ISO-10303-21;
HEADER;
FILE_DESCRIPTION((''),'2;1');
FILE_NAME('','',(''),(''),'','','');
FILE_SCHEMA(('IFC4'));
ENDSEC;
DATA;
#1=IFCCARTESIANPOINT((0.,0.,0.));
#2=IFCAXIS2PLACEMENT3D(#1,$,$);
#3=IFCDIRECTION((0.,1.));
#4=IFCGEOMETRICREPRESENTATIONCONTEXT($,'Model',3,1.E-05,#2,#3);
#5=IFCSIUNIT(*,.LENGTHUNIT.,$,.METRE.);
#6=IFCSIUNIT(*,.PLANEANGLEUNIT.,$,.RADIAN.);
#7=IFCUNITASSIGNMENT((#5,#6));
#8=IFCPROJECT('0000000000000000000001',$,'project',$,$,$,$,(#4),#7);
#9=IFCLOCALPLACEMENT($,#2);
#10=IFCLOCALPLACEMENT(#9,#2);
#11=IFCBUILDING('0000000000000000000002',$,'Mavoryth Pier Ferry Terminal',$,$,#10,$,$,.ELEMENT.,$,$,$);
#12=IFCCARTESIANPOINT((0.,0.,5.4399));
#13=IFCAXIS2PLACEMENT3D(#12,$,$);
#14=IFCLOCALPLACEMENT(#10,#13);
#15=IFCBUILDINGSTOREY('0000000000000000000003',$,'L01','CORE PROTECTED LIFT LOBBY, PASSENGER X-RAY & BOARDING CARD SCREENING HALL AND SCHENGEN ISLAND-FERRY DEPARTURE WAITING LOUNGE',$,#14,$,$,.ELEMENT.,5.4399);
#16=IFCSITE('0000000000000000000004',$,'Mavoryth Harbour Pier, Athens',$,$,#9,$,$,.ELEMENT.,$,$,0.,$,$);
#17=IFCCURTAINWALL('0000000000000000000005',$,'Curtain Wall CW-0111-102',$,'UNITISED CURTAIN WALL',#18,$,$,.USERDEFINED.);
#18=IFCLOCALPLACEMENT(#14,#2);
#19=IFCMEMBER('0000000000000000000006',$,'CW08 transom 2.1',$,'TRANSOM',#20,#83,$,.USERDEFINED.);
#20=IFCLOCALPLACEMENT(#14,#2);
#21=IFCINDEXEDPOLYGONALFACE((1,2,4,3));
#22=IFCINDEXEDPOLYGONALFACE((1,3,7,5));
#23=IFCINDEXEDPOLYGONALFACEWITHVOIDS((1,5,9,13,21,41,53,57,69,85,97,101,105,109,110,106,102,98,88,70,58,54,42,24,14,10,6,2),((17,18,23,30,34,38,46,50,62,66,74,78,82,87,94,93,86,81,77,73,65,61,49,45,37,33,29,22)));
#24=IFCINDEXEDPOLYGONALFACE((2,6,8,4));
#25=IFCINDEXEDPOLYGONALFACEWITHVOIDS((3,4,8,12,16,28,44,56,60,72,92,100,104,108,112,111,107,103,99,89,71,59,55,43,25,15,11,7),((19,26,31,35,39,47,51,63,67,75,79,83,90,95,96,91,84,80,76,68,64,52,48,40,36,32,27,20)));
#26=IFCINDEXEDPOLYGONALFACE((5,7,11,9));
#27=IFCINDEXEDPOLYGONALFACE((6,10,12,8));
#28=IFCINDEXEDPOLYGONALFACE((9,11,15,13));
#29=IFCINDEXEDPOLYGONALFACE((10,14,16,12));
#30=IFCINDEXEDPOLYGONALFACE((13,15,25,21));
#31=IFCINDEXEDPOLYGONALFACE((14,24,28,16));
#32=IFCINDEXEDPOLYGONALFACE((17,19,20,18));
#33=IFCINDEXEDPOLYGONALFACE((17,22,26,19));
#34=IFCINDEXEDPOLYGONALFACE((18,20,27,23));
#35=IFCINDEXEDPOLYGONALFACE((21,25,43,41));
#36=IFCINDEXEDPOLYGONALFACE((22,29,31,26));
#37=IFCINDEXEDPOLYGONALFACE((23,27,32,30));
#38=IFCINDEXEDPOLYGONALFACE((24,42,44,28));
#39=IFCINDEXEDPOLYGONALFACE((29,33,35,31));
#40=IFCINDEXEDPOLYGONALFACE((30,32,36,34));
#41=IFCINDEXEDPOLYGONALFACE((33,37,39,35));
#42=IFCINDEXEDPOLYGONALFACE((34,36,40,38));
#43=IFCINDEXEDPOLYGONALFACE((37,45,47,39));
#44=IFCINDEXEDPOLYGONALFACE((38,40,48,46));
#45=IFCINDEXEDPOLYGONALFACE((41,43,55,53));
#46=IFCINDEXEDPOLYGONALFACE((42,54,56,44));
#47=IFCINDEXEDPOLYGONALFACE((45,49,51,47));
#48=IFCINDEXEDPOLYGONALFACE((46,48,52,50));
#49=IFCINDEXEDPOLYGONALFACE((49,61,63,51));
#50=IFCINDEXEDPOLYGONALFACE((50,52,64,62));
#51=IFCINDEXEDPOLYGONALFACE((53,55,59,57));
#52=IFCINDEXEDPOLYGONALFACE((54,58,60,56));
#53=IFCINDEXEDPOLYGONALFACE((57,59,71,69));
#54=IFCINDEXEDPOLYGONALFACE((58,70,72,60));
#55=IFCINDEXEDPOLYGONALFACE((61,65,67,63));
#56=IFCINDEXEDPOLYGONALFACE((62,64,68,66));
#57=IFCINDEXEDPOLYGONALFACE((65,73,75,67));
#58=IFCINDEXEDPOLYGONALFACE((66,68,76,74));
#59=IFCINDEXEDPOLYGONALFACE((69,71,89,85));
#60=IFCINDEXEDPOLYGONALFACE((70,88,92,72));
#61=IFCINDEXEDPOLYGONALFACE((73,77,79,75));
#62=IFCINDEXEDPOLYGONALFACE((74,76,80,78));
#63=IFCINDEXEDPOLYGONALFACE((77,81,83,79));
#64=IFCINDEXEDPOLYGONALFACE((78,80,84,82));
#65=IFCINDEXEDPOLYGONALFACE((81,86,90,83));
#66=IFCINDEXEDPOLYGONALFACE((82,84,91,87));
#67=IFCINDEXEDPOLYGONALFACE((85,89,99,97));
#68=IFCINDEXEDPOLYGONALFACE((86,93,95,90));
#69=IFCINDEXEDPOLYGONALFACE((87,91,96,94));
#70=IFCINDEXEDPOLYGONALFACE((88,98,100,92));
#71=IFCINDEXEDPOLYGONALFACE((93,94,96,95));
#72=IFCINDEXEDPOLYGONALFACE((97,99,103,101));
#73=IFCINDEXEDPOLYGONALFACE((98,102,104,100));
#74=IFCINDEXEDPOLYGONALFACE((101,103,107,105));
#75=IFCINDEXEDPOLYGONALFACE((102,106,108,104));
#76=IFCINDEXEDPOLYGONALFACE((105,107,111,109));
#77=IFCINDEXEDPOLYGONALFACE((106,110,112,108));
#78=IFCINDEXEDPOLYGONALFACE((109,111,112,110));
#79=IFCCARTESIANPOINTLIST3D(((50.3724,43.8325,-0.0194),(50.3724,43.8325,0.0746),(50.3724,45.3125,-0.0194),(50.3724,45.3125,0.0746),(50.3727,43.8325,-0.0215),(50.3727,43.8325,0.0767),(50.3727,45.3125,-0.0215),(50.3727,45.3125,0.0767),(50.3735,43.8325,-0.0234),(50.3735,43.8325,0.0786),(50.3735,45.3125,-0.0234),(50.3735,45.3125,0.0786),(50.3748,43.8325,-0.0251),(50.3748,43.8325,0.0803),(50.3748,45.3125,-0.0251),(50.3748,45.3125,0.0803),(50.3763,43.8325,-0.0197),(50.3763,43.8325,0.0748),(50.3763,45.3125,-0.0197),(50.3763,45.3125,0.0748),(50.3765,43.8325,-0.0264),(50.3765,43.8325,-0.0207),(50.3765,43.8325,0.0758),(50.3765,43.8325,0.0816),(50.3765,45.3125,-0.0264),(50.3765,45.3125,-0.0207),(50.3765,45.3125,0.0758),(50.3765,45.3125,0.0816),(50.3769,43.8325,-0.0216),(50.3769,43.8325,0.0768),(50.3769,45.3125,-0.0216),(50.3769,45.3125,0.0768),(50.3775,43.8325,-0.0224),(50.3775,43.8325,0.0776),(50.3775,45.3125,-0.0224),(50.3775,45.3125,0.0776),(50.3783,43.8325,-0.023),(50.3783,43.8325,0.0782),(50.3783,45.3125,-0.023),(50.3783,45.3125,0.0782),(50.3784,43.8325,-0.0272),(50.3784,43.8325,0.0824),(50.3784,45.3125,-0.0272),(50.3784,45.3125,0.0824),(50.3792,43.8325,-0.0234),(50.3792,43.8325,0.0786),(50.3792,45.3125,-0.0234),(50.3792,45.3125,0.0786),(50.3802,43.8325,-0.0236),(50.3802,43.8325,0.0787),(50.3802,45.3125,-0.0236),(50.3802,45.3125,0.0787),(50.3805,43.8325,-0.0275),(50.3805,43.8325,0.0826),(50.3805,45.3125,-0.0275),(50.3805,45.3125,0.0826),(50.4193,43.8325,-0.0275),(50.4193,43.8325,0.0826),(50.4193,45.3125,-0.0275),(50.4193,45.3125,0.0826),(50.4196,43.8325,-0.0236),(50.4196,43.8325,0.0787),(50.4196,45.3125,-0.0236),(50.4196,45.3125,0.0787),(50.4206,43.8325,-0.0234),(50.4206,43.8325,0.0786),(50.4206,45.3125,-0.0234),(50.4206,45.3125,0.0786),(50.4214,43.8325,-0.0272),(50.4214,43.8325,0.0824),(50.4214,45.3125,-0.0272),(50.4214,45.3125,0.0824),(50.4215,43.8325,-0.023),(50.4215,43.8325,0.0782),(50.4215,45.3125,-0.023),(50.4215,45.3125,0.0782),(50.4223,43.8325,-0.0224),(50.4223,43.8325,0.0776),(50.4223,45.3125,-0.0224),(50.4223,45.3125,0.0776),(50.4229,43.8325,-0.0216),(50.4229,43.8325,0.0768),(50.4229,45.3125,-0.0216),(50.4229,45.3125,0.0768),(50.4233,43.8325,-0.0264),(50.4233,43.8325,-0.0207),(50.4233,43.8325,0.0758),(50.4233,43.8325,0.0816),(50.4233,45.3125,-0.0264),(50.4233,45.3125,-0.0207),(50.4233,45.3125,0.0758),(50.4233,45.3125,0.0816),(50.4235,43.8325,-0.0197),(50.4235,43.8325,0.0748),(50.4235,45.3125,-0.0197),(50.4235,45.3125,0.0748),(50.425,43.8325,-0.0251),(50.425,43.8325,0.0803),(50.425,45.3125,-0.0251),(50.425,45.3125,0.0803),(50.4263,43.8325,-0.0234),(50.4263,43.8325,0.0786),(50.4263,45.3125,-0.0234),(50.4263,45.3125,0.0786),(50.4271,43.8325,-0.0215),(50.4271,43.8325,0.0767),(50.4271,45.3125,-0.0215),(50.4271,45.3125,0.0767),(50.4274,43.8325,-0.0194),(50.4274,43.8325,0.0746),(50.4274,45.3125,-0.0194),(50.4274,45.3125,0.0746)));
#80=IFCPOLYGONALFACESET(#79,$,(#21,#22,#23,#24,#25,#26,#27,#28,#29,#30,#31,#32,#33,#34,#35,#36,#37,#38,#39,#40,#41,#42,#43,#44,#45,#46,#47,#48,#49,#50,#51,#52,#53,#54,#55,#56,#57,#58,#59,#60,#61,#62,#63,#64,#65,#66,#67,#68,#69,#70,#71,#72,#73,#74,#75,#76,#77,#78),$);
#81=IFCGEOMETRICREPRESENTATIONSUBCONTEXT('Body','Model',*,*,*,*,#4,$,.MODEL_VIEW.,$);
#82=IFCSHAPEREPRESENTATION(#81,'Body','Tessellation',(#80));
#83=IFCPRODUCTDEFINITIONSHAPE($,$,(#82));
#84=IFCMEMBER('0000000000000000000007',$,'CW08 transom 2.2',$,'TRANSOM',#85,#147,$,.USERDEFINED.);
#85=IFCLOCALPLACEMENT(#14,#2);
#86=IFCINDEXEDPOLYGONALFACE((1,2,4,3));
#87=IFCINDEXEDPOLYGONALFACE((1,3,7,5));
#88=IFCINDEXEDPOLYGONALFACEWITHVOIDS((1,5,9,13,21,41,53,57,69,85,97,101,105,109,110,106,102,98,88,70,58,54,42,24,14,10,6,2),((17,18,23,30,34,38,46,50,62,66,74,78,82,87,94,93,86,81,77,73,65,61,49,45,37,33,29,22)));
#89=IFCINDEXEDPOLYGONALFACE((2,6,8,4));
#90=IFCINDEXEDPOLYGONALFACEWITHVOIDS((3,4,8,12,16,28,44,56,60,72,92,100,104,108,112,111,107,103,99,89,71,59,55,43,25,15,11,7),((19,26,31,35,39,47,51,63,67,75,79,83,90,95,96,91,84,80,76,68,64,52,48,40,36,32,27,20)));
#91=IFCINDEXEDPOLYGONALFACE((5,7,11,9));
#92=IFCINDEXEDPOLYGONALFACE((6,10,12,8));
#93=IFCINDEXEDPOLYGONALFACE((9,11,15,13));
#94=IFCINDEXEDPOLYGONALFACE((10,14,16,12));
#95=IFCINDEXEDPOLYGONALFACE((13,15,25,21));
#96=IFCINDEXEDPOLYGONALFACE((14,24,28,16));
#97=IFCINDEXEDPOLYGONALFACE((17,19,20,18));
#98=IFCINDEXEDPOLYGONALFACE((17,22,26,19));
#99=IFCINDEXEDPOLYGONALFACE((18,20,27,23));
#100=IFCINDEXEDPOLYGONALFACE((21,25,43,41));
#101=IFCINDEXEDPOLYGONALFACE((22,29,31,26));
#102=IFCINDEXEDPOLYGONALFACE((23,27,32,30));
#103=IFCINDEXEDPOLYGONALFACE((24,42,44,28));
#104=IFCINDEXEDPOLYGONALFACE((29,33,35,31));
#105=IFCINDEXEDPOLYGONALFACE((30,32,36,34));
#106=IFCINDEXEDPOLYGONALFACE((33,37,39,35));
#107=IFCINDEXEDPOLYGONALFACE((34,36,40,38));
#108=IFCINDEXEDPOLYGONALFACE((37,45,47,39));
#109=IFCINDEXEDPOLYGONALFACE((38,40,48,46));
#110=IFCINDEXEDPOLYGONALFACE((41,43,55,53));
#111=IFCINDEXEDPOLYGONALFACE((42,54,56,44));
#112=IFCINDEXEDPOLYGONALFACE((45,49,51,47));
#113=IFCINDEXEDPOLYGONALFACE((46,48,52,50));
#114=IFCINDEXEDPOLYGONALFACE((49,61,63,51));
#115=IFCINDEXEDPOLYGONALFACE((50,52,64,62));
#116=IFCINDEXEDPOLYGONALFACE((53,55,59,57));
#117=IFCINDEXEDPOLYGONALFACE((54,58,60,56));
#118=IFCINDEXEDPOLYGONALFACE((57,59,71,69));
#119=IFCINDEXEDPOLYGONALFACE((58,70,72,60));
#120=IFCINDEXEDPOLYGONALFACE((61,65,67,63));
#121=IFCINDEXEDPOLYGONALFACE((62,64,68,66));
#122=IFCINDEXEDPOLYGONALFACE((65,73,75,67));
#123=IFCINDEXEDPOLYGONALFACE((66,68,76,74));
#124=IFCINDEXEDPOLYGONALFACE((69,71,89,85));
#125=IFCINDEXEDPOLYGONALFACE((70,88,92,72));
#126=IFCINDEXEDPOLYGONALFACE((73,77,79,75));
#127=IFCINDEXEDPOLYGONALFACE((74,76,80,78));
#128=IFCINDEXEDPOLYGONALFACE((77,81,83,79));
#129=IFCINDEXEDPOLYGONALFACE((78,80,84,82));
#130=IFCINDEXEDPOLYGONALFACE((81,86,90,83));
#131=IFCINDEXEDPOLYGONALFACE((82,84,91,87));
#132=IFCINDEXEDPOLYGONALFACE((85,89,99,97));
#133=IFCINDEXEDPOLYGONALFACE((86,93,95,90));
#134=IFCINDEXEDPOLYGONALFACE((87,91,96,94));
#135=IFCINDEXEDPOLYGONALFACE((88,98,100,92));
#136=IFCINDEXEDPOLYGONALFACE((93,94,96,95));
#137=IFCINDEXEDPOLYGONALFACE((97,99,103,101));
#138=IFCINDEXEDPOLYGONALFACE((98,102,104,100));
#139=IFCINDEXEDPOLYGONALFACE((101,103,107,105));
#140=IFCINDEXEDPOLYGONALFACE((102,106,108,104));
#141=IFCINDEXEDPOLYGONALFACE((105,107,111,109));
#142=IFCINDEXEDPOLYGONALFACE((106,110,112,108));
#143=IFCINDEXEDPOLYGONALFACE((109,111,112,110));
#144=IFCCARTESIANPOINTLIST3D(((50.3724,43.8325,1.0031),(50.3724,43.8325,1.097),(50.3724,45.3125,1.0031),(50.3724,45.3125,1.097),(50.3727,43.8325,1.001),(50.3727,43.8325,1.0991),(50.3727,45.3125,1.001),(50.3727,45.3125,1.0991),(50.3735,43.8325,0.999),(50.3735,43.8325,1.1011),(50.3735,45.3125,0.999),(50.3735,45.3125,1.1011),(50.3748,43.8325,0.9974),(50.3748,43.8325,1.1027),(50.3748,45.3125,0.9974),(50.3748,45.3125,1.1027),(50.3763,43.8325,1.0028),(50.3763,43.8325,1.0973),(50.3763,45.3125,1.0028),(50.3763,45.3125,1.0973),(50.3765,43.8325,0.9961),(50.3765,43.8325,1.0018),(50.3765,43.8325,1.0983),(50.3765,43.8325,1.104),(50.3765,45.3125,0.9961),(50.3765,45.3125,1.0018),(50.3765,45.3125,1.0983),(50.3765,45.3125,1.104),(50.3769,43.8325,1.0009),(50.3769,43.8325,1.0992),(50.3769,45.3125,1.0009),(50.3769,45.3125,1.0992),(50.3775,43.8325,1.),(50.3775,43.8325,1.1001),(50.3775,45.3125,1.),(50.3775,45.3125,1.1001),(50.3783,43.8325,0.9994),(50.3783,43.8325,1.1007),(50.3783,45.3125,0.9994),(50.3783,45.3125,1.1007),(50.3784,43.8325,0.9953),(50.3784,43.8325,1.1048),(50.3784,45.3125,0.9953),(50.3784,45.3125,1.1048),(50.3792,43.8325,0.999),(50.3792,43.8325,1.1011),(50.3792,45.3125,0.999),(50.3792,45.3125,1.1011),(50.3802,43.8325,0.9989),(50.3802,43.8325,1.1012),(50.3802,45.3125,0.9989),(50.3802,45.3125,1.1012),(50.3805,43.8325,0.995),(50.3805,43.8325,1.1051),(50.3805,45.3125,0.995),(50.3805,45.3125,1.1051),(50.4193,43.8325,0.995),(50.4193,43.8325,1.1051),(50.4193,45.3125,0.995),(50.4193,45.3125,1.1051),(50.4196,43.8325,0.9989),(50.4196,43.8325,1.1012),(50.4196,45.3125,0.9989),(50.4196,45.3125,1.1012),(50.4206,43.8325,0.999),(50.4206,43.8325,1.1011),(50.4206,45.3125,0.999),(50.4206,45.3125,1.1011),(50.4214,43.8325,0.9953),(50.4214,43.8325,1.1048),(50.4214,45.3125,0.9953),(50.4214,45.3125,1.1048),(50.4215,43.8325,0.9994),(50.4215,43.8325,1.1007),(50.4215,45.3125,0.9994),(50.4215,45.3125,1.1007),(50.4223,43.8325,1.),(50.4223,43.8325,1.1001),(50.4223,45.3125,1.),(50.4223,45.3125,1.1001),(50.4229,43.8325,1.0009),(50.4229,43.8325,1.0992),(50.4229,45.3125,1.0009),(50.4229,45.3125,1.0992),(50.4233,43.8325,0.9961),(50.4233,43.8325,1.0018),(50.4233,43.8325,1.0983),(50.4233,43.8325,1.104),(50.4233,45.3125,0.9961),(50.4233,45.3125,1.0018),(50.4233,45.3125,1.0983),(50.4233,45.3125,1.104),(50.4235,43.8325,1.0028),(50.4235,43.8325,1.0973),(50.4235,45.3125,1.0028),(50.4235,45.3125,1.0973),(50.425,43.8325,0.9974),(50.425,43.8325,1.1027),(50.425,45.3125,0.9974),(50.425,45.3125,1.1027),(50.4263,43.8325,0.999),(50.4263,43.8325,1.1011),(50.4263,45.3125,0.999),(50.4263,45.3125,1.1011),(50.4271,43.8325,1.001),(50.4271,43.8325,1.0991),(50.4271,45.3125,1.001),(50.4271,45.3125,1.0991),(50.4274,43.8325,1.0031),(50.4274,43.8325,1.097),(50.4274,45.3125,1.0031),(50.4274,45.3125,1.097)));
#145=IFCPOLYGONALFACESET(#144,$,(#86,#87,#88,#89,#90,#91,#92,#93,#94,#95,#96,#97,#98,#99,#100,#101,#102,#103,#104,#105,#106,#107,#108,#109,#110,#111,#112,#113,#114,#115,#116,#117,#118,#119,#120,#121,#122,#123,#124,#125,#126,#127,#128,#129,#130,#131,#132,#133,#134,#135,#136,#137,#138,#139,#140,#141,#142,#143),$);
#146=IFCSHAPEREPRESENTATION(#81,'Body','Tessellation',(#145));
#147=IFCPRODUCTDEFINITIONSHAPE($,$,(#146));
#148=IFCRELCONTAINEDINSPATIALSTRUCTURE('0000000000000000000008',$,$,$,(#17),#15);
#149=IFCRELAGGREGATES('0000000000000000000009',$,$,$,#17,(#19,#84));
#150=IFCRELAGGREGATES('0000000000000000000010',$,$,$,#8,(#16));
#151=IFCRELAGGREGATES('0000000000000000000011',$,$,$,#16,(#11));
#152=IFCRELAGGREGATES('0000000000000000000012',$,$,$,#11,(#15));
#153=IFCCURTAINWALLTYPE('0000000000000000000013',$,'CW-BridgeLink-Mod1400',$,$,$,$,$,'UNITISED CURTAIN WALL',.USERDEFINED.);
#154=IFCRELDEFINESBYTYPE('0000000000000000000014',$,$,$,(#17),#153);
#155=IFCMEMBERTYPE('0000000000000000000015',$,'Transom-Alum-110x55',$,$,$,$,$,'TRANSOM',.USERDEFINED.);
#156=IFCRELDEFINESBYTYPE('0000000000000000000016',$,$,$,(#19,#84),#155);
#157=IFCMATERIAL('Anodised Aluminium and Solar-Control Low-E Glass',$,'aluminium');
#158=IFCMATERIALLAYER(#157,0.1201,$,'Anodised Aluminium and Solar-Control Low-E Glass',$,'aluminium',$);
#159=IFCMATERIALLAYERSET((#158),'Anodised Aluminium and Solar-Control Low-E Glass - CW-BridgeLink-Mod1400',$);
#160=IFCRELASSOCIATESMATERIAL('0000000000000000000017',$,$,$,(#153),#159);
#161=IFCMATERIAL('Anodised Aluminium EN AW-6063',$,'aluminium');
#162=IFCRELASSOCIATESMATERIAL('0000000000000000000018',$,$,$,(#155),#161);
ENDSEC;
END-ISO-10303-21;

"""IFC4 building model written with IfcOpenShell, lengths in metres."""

from ifc_helpers import new_model, si_unit, direction, frame, origin, origin_2d, place, context, subcontext, project, spatial, hollow_rectangle, extrude, material, layer, layer_set, material_profile, profile_set, type_object, element, aggregate, save


model = new_model("IFC4")

# Units and contexts
model_context = context("Model", 3, precision=1e-05, world=origin(), true_north=direction((0.0, 1.0)))
body_context = subcontext(model_context, "Body", "Model", "MODEL_VIEW")
ifc_project = project(units=[si_unit("LENGTHUNIT", "METRE"), si_unit("PLANEANGLEUNIT", "RADIAN")], contexts=[model_context])

# Site, building, storey
site_placement = place(None, origin())
site = spatial("IfcSite", under=ifc_project, at=site_placement, Name="Mavoryth Harbour Pier, Athens", CompositionType="ELEMENT", RefElevation=0.0)
building_placement = place(site_placement, origin())
building = spatial("IfcBuilding", under=site, at=building_placement, Name="Mavoryth Pier Ferry Terminal", CompositionType="ELEMENT")
storey_placement = place(building_placement, frame((0.0, 0.0, 5.4399)))
storey = spatial("IfcBuildingStorey", under=building, at=storey_placement, Name="L01", Description="CORE PROTECTED LIFT LOBBY, PASSENGER X-RAY & BOARDING CARD SCREENING HALL AND SCHENGEN ISLAND-FERRY DEPARTURE WAITING LOUNGE", CompositionType="ELEMENT", Elevation=5.4399)

# Curtain wall
ifc_material_1 = material(Name="Anodised Aluminium and Solar-Control Low-E Glass", Category="aluminium")
ifc_layer_1 = layer(ifc_material_1, 0.1201, Name="Anodised Aluminium and Solar-Control Low-E Glass", Category="aluminium")
ifc_layer_set_1 = layer_set([ifc_layer_1], Name="Anodised Aluminium and Solar-Control Low-E Glass - CW-BridgeLink-Mod1400")
curtain_wall_type = type_object("IfcCurtainWallType", Name="CW-BridgeLink-Mod1400", ElementType="UNITISED CURTAIN WALL", PredefinedType="USERDEFINED", material=ifc_layer_set_1)
curtain_wall_1_placement = place(storey_placement, origin())
curtain_wall_1 = element("IfcCurtainWall", 1, at=curtain_wall_1_placement, inside=storey, type_object=curtain_wall_type, Name="Curtain Wall CW-0111-102", ObjectType="UNITISED CURTAIN WALL", PredefinedType="USERDEFINED")
ifc_material_2 = material(Name="Anodised Aluminium EN AW-6063", Category="aluminium")

# Members
ifc_material_profile_1 = material_profile(ifc_material_2, hollow_rectangle(XDim=0.0549, YDim=0.1101, WallThickness=0.0039, InnerFilletRadius=0.0039, OuterFilletRadius=0.0081, at=origin_2d()), Name="AL-TRAN 110x55x4", Category="aluminium")
ifc_profile_set_1 = profile_set([ifc_material_profile_1], Name="Anodised Aluminium EN AW-6063 - AL-TRAN 110x55x4")
member_type_1 = type_object("IfcMemberType", Name="Transom-Alum-110x55", ElementType="TRANSOM", PredefinedType="USERDEFINED", material=ifc_profile_set_1)
member_1_placement = place(storey_placement, frame((50.3999, 45.3125, 0.0276), z_axis=(0.0, -1.0, 0.0), x_axis=(1.0, 0.0, 0.0)))
member_1 = element("IfcMember", 2, at=member_1_placement, type_object=member_type_1, Name="CW08 transom 2.1", ObjectType="TRANSOM", PredefinedType="USERDEFINED", context=body_context, shape_type="SweptSolid", body=[
    extrude(hollow_rectangle(XDim=0.0549, YDim=0.1101, WallThickness=0.0039, InnerFilletRadius=0.0039, OuterFilletRadius=0.0081, at=origin_2d()), origin(), (0.0, 0.0, 1.0), 1.48),
])
member_2_placement = place(storey_placement, frame((50.3999, 45.3125, 1.05), z_axis=(0.0, -1.0, 0.0), x_axis=(1.0, 0.0, 0.0)))
member_2 = element("IfcMember", 3, at=member_2_placement, type_object=member_type_1, Name="CW08 transom 2.2", ObjectType="TRANSOM", PredefinedType="USERDEFINED", context=body_context, shape_type="SweptSolid", body=[
    extrude(hollow_rectangle(XDim=0.0549, YDim=0.1101, WallThickness=0.0039, InnerFilletRadius=0.0039, OuterFilletRadius=0.0081, at=origin_2d()), origin(), (0.0, 0.0, 1.0), 1.48),
])

aggregate(curtain_wall_1, [member_1, member_2])

save(model, "model.ifc")
